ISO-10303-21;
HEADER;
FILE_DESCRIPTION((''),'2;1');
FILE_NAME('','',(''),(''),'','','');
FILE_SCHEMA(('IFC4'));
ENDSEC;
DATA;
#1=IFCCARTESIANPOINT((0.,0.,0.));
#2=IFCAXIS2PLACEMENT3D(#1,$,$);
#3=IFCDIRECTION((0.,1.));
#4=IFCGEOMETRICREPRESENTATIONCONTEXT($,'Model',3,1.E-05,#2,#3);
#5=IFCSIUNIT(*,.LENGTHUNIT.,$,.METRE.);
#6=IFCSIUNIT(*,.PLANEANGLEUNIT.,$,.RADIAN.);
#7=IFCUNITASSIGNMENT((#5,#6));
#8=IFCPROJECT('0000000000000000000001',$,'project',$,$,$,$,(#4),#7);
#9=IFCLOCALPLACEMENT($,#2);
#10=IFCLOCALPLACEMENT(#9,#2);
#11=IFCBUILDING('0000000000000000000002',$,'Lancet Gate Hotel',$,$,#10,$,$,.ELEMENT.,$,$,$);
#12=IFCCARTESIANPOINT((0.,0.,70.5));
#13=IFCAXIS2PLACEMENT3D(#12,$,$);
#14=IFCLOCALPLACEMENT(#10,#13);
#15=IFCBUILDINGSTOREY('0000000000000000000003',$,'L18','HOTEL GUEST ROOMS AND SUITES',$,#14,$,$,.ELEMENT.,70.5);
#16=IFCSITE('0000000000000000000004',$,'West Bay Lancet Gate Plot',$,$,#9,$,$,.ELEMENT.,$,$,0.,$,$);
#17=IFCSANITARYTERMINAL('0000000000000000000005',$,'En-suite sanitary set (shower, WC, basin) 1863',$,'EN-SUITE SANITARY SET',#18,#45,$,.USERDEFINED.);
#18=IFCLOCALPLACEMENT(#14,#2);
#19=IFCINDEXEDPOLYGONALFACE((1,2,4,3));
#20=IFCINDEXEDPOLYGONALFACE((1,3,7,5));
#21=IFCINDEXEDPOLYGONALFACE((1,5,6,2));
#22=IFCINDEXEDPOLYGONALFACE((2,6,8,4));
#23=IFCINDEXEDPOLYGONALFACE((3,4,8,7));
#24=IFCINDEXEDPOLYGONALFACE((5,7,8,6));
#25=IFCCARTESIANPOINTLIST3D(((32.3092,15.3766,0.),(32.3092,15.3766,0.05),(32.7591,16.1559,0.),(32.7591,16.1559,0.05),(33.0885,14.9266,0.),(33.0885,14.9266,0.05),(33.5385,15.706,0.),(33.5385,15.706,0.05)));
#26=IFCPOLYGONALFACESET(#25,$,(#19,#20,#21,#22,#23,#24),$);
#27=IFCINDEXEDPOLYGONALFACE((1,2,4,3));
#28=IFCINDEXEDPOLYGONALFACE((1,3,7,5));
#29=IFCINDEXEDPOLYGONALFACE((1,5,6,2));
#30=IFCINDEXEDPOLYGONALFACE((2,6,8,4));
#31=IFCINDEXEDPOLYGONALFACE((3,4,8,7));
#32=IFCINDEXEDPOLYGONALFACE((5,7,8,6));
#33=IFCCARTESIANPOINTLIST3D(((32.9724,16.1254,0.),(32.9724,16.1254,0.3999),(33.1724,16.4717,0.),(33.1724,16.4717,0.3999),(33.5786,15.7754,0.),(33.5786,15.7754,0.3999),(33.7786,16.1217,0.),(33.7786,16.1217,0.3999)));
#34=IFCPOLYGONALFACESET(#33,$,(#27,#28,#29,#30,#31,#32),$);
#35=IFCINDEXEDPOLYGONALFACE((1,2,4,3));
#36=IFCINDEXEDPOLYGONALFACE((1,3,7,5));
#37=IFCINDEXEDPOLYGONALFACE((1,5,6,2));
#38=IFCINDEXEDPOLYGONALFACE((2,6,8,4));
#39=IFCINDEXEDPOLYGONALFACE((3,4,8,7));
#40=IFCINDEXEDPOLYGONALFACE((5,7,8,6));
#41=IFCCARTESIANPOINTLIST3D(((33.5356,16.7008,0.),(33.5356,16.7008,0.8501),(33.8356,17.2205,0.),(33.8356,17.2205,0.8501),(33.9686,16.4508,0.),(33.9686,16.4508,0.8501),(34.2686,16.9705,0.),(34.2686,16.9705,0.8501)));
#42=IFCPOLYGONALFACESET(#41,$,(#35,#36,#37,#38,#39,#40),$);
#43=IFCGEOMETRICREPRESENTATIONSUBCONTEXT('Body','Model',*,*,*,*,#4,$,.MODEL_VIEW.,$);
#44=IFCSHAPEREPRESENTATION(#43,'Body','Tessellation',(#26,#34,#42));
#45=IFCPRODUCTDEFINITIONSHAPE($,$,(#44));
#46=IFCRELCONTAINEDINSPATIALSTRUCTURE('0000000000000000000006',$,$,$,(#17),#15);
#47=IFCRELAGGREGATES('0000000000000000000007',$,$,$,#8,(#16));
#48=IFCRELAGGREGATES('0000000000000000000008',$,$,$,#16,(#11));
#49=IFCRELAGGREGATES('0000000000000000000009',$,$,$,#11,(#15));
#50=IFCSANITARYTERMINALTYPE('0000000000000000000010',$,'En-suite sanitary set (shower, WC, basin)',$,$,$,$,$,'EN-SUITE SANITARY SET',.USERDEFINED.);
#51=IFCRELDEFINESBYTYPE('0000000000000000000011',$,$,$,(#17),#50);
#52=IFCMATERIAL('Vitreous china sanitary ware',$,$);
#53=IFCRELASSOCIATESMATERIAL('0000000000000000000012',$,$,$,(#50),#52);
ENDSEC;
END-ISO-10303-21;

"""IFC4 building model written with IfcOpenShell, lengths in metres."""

from ifc_helpers import new_model, si_unit, direction, frame, origin, origin_2d, place, context, subcontext, project, spatial, rectangle, extrude, material, type_object, element, save


model = new_model("IFC4")

# Units and contexts
model_context = context("Model", 3, precision=1e-05, world=origin(), true_north=direction((0.0, 1.0)))
body_context = subcontext(model_context, "Body", "Model", "MODEL_VIEW")
ifc_project = project(units=[si_unit("LENGTHUNIT", "METRE"), si_unit("PLANEANGLEUNIT", "RADIAN")], contexts=[model_context])

# Site, building, storey
site_placement = place(None, origin())
site = spatial("IfcSite", under=ifc_project, at=site_placement, Name="West Bay Lancet Gate Plot", CompositionType="ELEMENT", RefElevation=0.0)
building_placement = place(site_placement, origin())
building = spatial("IfcBuilding", under=site, at=building_placement, Name="Lancet Gate Hotel", CompositionType="ELEMENT")
storey_placement = place(building_placement, frame((0.0, 0.0, 70.5)))
storey = spatial("IfcBuildingStorey", under=building, at=storey_placement, Name="L18", Description="HOTEL GUEST ROOMS AND SUITES", CompositionType="ELEMENT", Elevation=70.5)

# Sanitary terminal
ifc_material_1 = material(Name="Vitreous china sanitary ware")
sanitary_terminal_type = type_object("IfcSanitaryTerminalType", Name="En-suite sanitary set (shower, WC, basin)", ElementType="EN-SUITE SANITARY SET", PredefinedType="USERDEFINED", material=ifc_material_1)
sanitary_terminal_placement = place(storey_placement, frame((32.9238, 15.5413, 0.0), z_axis=(0.0, 0.0, 1.0), x_axis=(1.0, 0.0, 0.0)))
element("IfcSanitaryTerminal", 1, at=sanitary_terminal_placement, inside=storey, type_object=sanitary_terminal_type, Name="En-suite sanitary set (shower, WC, basin) 1863", ObjectType="EN-SUITE SANITARY SET", PredefinedType="USERDEFINED", context=body_context, shape_type="SweptSolid", body=[
    extrude(rectangle(XDim=0.8999, YDim=0.8999, at=origin_2d()), frame((0.0, 0.0, 0.0), z_axis=(0.0, 0.0, 1.0), x_axis=(-0.5, -0.866025, 0.0)), (0.0, 0.0, 1.0), 0.05),
    extrude(rectangle(XDim=0.3999, YDim=0.7, at=origin_2d()), frame((0.4517, 0.5823, 0.0), z_axis=(0.0, 0.0, 1.0), x_axis=(-0.5, -0.866025, 0.0)), (0.0, 0.0, 1.0), 0.3999),
    extrude(rectangle(XDim=0.6001, YDim=0.5, at=origin_2d()), frame((0.9783, 1.2944, 0.0), z_axis=(0.0, 0.0, 1.0), x_axis=(-0.5, -0.866025, 0.0)), (0.0, 0.0, 1.0), 0.8501),
])

save(model, "model.ifc")
